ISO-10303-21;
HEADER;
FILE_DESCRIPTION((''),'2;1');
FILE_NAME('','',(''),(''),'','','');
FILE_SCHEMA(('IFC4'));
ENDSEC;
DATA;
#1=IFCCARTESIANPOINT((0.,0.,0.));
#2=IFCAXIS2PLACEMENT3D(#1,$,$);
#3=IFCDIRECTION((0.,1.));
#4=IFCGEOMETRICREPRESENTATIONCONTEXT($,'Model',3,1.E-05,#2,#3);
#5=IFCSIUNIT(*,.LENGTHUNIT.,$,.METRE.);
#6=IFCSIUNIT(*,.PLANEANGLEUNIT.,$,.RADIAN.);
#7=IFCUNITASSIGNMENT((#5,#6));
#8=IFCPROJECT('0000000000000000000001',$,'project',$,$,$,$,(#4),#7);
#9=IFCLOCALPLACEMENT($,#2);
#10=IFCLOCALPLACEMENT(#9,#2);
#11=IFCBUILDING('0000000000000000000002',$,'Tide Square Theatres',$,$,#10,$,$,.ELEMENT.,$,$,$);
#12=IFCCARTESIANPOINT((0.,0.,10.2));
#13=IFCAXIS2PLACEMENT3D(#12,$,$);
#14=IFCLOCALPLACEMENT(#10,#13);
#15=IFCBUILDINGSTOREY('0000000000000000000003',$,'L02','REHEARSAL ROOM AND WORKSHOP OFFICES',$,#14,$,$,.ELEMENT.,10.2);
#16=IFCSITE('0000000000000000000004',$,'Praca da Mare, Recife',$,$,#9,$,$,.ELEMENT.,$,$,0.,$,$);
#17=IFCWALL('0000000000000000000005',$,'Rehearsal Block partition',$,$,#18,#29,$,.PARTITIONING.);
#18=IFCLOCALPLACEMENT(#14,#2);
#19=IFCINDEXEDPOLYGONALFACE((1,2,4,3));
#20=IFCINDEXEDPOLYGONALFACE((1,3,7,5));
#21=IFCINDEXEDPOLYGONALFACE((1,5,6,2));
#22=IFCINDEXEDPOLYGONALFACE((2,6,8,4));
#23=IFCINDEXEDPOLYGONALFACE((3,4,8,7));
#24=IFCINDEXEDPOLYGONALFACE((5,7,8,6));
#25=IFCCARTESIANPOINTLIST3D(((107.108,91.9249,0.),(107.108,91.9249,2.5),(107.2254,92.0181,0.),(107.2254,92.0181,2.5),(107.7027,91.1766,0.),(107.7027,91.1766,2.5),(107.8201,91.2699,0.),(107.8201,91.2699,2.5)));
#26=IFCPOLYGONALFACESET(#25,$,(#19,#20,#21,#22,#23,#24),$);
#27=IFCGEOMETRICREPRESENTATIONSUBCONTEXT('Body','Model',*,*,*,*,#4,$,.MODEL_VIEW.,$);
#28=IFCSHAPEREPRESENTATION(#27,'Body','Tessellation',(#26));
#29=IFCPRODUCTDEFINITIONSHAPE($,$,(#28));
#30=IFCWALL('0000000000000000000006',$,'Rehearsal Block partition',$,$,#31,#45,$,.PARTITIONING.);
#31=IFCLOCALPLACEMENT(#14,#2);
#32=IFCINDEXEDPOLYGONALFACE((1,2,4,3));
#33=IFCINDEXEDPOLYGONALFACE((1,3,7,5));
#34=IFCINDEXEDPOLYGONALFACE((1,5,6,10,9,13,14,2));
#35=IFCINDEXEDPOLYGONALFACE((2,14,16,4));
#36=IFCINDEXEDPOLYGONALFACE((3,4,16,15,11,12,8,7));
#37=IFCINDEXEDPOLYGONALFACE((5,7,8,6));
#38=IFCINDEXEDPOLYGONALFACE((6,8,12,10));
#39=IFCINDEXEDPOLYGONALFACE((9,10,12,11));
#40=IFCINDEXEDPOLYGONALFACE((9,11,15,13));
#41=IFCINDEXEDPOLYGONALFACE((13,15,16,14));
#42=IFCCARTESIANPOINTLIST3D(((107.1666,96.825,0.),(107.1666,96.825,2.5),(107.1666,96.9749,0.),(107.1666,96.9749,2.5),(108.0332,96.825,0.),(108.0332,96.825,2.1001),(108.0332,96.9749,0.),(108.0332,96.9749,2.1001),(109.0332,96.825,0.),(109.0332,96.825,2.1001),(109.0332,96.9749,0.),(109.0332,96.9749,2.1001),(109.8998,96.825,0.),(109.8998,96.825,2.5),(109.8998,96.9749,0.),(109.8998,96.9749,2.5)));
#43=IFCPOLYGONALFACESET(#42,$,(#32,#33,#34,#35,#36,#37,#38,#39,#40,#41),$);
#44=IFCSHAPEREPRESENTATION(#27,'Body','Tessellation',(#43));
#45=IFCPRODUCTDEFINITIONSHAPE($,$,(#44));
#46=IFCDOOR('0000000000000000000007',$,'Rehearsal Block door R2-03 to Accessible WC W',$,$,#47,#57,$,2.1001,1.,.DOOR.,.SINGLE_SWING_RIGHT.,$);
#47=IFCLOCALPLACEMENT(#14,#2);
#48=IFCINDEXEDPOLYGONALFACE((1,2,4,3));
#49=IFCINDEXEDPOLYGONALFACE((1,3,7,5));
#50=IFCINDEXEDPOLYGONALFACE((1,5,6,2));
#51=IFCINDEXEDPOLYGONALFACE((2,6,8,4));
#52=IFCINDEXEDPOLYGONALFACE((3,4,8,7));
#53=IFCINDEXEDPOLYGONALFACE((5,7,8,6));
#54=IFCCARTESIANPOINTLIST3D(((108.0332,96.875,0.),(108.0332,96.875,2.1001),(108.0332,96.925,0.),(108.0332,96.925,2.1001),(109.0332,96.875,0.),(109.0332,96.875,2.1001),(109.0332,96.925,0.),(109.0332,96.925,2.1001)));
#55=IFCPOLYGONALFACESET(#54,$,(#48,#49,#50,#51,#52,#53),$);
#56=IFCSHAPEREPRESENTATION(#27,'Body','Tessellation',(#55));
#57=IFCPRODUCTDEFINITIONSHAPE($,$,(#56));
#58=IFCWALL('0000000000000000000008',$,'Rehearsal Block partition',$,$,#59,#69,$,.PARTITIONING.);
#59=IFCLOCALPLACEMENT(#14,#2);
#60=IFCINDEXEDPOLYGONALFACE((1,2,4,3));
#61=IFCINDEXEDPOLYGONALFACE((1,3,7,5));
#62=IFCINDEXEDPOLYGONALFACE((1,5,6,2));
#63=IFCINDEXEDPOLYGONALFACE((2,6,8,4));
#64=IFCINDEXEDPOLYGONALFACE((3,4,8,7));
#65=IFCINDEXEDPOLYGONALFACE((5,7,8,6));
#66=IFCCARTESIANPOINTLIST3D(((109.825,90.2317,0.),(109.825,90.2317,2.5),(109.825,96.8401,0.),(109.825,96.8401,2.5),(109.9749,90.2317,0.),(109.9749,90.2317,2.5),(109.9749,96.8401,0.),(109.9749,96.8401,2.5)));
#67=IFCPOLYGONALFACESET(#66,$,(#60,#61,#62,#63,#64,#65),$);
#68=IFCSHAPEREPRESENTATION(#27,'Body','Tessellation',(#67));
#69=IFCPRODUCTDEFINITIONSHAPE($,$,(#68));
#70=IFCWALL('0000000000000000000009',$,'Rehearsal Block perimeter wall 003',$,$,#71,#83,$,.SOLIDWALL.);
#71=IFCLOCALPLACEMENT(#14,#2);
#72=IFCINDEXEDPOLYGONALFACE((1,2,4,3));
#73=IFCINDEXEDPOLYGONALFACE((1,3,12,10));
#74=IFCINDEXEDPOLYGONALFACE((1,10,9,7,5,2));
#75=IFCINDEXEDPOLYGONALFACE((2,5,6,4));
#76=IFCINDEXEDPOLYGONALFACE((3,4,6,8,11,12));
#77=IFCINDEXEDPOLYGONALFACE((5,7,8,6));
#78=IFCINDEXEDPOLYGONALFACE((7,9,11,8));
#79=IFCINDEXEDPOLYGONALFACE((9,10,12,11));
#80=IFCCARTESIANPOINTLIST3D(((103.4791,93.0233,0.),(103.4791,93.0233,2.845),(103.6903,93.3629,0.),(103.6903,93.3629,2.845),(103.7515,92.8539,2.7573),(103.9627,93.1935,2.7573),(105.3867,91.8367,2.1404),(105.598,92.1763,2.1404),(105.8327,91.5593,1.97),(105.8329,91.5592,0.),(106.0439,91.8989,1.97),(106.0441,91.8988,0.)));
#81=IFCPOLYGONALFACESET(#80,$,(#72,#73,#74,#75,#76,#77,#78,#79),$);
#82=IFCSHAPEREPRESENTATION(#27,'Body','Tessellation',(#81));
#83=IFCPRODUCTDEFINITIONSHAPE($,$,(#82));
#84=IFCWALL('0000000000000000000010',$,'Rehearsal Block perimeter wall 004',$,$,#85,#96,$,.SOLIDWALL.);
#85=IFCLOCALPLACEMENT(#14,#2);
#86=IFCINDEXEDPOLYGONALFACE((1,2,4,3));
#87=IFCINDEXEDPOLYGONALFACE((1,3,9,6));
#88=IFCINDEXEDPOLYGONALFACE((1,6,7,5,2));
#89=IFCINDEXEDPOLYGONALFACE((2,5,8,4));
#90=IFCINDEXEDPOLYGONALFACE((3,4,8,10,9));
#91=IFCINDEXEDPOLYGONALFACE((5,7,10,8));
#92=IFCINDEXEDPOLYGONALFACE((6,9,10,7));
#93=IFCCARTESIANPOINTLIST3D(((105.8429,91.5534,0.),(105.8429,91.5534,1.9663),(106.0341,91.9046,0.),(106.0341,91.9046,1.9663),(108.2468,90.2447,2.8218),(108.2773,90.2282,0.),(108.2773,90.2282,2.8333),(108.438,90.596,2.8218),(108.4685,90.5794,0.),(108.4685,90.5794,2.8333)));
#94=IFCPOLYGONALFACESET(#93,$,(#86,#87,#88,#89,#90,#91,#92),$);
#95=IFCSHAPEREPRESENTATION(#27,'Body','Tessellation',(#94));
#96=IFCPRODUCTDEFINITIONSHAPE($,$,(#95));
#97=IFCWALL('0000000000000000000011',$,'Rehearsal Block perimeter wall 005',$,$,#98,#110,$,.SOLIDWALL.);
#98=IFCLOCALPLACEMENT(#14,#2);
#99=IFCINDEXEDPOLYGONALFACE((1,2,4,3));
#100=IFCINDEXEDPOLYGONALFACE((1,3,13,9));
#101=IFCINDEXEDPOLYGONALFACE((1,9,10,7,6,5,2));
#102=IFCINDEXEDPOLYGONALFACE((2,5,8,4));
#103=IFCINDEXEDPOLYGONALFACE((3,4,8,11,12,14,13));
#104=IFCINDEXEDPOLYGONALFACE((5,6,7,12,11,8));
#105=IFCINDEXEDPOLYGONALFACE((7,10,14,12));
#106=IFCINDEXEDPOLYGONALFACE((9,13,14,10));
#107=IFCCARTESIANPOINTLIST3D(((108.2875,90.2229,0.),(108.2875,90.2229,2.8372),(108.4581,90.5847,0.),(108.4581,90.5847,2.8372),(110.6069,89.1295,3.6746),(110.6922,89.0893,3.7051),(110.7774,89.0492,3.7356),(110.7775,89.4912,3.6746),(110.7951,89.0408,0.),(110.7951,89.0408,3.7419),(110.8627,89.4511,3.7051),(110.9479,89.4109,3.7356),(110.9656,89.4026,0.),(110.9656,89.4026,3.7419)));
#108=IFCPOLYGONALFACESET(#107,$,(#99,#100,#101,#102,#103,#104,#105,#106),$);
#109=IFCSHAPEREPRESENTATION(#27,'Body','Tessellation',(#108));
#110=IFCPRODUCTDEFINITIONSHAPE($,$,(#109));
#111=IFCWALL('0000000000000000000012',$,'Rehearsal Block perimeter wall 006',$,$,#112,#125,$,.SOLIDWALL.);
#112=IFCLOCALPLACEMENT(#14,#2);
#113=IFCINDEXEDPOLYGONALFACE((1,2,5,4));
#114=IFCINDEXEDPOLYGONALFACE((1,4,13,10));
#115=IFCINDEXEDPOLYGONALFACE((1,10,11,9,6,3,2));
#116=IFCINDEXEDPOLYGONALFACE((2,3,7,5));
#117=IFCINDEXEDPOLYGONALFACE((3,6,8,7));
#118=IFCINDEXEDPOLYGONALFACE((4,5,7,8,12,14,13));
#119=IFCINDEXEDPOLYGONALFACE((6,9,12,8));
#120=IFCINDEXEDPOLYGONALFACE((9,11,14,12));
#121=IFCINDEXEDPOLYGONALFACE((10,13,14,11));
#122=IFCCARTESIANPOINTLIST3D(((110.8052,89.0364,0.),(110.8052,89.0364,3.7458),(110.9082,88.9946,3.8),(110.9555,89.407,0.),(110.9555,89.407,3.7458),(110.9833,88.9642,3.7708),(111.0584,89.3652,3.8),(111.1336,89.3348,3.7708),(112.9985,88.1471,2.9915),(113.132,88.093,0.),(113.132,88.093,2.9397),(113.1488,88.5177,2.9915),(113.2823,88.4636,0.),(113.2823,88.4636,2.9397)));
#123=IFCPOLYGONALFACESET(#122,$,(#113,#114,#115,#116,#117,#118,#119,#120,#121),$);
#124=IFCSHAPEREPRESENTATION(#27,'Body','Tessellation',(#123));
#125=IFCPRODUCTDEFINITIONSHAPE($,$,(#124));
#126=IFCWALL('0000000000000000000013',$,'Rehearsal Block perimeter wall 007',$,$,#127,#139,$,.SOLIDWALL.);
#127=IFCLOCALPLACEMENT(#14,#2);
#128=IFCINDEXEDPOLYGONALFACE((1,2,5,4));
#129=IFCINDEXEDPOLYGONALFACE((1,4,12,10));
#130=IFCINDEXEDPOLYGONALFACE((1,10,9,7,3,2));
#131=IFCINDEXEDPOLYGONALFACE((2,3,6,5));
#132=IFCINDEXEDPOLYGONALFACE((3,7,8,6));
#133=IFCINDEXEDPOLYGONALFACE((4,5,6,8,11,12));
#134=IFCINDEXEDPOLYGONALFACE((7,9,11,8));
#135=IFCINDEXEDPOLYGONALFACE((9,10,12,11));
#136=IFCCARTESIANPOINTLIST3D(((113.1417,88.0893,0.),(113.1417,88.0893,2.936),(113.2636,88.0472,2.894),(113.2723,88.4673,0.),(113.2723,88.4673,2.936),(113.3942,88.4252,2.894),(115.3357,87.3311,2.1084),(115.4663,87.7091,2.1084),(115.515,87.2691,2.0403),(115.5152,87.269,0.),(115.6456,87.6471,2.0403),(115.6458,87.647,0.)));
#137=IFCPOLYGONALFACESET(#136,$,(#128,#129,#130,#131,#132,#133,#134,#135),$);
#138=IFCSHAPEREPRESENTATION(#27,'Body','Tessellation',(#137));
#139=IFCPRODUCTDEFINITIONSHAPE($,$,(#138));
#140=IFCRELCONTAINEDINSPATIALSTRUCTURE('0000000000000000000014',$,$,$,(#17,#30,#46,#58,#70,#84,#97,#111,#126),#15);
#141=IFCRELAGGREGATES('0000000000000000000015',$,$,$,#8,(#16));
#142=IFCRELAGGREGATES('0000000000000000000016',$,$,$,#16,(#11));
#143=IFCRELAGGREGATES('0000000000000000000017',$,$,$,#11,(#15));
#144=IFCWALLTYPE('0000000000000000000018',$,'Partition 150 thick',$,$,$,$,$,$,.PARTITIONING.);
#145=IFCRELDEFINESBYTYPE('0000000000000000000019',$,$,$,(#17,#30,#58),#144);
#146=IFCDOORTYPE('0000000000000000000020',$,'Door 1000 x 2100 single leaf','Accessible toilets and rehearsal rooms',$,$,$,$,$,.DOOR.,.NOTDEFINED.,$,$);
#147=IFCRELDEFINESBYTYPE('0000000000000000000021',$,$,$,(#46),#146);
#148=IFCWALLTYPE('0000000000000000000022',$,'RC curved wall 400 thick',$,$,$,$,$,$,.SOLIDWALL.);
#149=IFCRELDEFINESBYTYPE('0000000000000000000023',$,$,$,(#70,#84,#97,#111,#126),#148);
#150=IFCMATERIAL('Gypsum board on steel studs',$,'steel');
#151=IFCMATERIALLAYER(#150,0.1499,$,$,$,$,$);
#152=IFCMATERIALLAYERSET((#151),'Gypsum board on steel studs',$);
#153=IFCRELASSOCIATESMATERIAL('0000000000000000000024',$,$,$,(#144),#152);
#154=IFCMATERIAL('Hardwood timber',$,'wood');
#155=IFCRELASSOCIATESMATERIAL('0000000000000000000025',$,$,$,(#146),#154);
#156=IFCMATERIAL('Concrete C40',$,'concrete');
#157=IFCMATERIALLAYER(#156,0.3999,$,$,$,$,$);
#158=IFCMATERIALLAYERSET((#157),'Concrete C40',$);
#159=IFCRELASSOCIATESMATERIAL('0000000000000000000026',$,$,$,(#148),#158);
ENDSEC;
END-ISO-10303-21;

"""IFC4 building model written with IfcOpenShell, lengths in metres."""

from ifc_helpers import new_model, si_unit, direction, frame, frame_2d, origin, place, context, subcontext, project, spatial, polyline, rectangle, outline, extrude, material, layer, layer_set, type_object, element, fill, save


model = new_model("IFC4")

# Units and contexts
model_context = context("Model", 3, precision=1e-05, world=origin(), true_north=direction((0.0, 1.0)))
body_context = subcontext(model_context, "Body", "Model", "MODEL_VIEW")
ifc_project = project(units=[si_unit("LENGTHUNIT", "METRE"), si_unit("PLANEANGLEUNIT", "RADIAN")], contexts=[model_context])

# Site, building, storey
site_placement = place(None, origin())
site = spatial("IfcSite", under=ifc_project, at=site_placement, Name="Praca da Mare, Recife", CompositionType="ELEMENT", RefElevation=0.0)
building_placement = place(site_placement, origin())
building = spatial("IfcBuilding", under=site, at=building_placement, Name="Tide Square Theatres", CompositionType="ELEMENT")
storey_placement = place(building_placement, frame((0.0, 0.0, 10.2)))
storey = spatial("IfcBuildingStorey", under=building, at=storey_placement, Name="L02", Description="REHEARSAL ROOM AND WORKSHOP OFFICES", CompositionType="ELEMENT", Elevation=10.2)

# Shared definitions
ifc_material_1 = material(Name="Gypsum board on steel studs", Category="steel")
ifc_layer_1 = layer(ifc_material_1, 0.1499)
ifc_layer_set_1 = layer_set([ifc_layer_1], Name="Gypsum board on steel studs")
wall_type_1 = type_object("IfcWallType", Name="Partition 150 thick", PredefinedType="PARTITIONING", material=ifc_layer_set_1)

# Wall
wall_1_placement = place(storey_placement, frame((107.7615, 91.2231, 0.0), z_axis=(0.0, 0.0, 1.0), x_axis=(-0.6222, 0.782858, 0.0)))
element("IfcWall", 1, at=wall_1_placement, inside=storey, type_object=wall_type_1, Name="Rehearsal Block partition", PredefinedType="PARTITIONING", context=body_context, shape_type="SweptSolid", body=[
    extrude(rectangle(XDim=0.9558, YDim=0.1499, at=frame_2d((0.478, 0.0))), origin(), (0.0, 0.0, 1.0), 2.5),
])

# Wall, opening, door
wall_2_placement = place(storey_placement, frame((109.8999, 96.8999, 0.0), z_axis=(0.0, 0.0, 1.0), x_axis=(-1.0, 0.0, 0.0)))
wall_2 = element("IfcWall", 2, at=wall_2_placement, inside=storey, type_object=wall_type_1, Name="Rehearsal Block partition", PredefinedType="PARTITIONING", context=body_context, shape_type="SweptSolid", body=[
    extrude(rectangle(XDim=2.7332, YDim=0.1499, at=frame_2d((1.3667, 0.0))), origin(), (0.0, 0.0, 1.0), 2.5),
])
opening_1_placement = place(wall_2_placement, frame((0.8667, 0.0, 0.0)))
opening_1 = element("IfcOpeningElement", 3, at=opening_1_placement, cuts=wall_2, PredefinedType="OPENING", context=body_context, shape_type="SweptSolid", body=[
    extrude(rectangle(XDim=1.0, YDim=2.1001, at=frame_2d((0.5, 1.05))), frame((0.0, 0.085, 0.0), z_axis=(0.0, -1.0, 0.0), x_axis=(1.0, 0.0, 0.0)), (0.0, 0.0, 1.0), 0.1699),
])
ifc_material_2 = material(Name="Hardwood timber", Category="wood")
door_type_1 = type_object("IfcDoorType", Name="Door 1000 x 2100 single leaf", Description="Accessible toilets and rehearsal rooms", OperationType="NOTDEFINED", PredefinedType="DOOR", material=ifc_material_2)
door_1_placement = place(opening_1_placement, origin())
door_1 = element("IfcDoor", 4, at=door_1_placement, inside=storey, type_object=door_type_1, Name="Rehearsal Block door R2-03 to Accessible WC W", OperationType="SINGLE_SWING_RIGHT", OverallHeight=2.1001, OverallWidth=1.0, PredefinedType="DOOR", context=body_context, shape_type="SweptSolid", body=[
    extrude(rectangle(XDim=1.0, YDim=2.1001, at=frame_2d((0.5, 1.05))), frame((0.0, 0.0249, 0.0), z_axis=(0.0, -1.0, 0.0), x_axis=(1.0, 0.0, 0.0)), (0.0, 0.0, 1.0), 0.05),
])
fill(opening_1, door_1)

# Walls
wall_3_placement = place(storey_placement, frame((109.8999, 96.8401, 0.0), z_axis=(0.0, 0.0, 1.0), x_axis=(0.0, -1.0, 0.0)))
element("IfcWall", 5, at=wall_3_placement, inside=storey, type_object=wall_type_1, Name="Rehearsal Block partition", PredefinedType="PARTITIONING", context=body_context, shape_type="SweptSolid", body=[
    extrude(rectangle(XDim=6.6084, YDim=0.1499, at=frame_2d((3.3042, 0.0))), origin(), (0.0, 0.0, 1.0), 2.5),
])
ifc_material_3 = material(Name="Concrete C40", Category="concrete")
ifc_layer_2 = layer(ifc_material_3, 0.3999)
ifc_layer_set_2 = layer_set([ifc_layer_2], Name="Concrete C40")
wall_type_2 = type_object("IfcWallType", Name="RC curved wall 400 thick", PredefinedType="SOLIDWALL", material=ifc_layer_set_2)
wall_4_placement = place(storey_placement, frame((103.5847, 93.1931, 0.0), z_axis=(0.0, 0.0, 1.0), x_axis=(0.849129, -0.528185, 0.0)))
element("IfcWall", 6, at=wall_4_placement, inside=storey, type_object=wall_type_2, Name="Rehearsal Block perimeter wall 003", PredefinedType="SOLIDWALL", context=body_context, shape_type="SweptSolid", body=[
    extrude(outline(polyline([(0.0, 0.0), (2.772, 0.0), (2.7717, 1.97), (2.2466, 2.1404), (0.3208, 2.7573), (0.0, 2.845), (0.0, 0.0)])), frame((0.0, 0.2, 0.0), z_axis=(0.0, -1.0, 0.0), x_axis=(1.0, 0.0, 0.0)), (0.0, 0.0, 1.0), 0.3999),
])
wall_5_placement = place(storey_placement, frame((105.9385, 91.729, 0.0), z_axis=(0.0, 0.0, 1.0), x_axis=(0.878292, -0.478124, 0.0)))
element("IfcWall", 7, at=wall_5_placement, inside=storey, type_object=wall_type_2, Name="Rehearsal Block perimeter wall 004", PredefinedType="SOLIDWALL", context=body_context, shape_type="SweptSolid", body=[
    extrude(outline(polyline([(0.0, 0.0), (2.7717, 0.0), (2.7717, 2.8333), (2.7371, 2.8218), (0.0, 1.9663), (0.0, 0.0)])), frame((0.0, 0.2, 0.0), z_axis=(0.0, -1.0, 0.0), x_axis=(1.0, 0.0, 0.0)), (0.0, 0.0, 1.0), 0.3999),
])
wall_6_placement = place(storey_placement, frame((108.3728, 90.4038, 0.0), z_axis=(0.0, 0.0, 1.0), x_axis=(0.904527, -0.426416, 0.0)))
element("IfcWall", 8, at=wall_6_placement, inside=storey, type_object=wall_type_2, Name="Rehearsal Block perimeter wall 005", PredefinedType="SOLIDWALL", context=body_context, shape_type="SweptSolid", body=[
    extrude(outline(polyline([(0.0, 0.0), (2.7722, 0.0), (2.7722, 3.7419), (2.7527, 3.7356), (2.6584, 3.7051), (2.5642, 3.6746), (0.0, 2.8372), (0.0, 0.0)])), frame((0.0, 0.2, 0.0), z_axis=(0.0, -1.0, 0.0), x_axis=(1.0, 0.0, 0.0)), (0.0, 0.0, 1.0), 0.3999),
])
wall_7_placement = place(storey_placement, frame((110.8804, 89.2217, 0.0), z_axis=(0.0, 0.0, 1.0), x_axis=(0.926723, -0.375746, 0.0)))
element("IfcWall", 9, at=wall_7_placement, inside=storey, type_object=wall_type_2, Name="Rehearsal Block perimeter wall 006", PredefinedType="SOLIDWALL", context=body_context, shape_type="SweptSolid", body=[
    extrude(outline(polyline([(0.0, 0.0), (2.5107, 0.0), (2.5107, 2.9397), (2.3667, 2.9915), (0.1921, 3.7708), (0.1111, 3.8), (0.0, 3.7458), (0.0, 0.0)])), frame((0.0, 0.2, 0.0), z_axis=(0.0, -1.0, 0.0), x_axis=(1.0, 0.0, 0.0)), (0.0, 0.0, 1.0), 0.3999),
])
wall_8_placement = place(storey_placement, frame((113.207, 88.2783, 0.0), z_axis=(0.0, 0.0, 1.0), x_axis=(0.945145, -0.32665, 0.0)))
element("IfcWall", 10, at=wall_8_placement, inside=storey, type_object=wall_type_2, Name="Rehearsal Block perimeter wall 007", PredefinedType="SOLIDWALL", context=body_context, shape_type="SweptSolid", body=[
    extrude(outline(polyline([(0.0, 0.0), (2.5112, 0.0), (2.511, 2.0403), (2.3213, 2.1084), (0.1289, 2.894), (0.0, 2.936), (0.0, 0.0)])), frame((0.0, 0.2, 0.0), z_axis=(0.0, -1.0, 0.0), x_axis=(1.0, 0.0, 0.0)), (0.0, 0.0, 1.0), 0.3999),
])

save(model, "model.ifc")
